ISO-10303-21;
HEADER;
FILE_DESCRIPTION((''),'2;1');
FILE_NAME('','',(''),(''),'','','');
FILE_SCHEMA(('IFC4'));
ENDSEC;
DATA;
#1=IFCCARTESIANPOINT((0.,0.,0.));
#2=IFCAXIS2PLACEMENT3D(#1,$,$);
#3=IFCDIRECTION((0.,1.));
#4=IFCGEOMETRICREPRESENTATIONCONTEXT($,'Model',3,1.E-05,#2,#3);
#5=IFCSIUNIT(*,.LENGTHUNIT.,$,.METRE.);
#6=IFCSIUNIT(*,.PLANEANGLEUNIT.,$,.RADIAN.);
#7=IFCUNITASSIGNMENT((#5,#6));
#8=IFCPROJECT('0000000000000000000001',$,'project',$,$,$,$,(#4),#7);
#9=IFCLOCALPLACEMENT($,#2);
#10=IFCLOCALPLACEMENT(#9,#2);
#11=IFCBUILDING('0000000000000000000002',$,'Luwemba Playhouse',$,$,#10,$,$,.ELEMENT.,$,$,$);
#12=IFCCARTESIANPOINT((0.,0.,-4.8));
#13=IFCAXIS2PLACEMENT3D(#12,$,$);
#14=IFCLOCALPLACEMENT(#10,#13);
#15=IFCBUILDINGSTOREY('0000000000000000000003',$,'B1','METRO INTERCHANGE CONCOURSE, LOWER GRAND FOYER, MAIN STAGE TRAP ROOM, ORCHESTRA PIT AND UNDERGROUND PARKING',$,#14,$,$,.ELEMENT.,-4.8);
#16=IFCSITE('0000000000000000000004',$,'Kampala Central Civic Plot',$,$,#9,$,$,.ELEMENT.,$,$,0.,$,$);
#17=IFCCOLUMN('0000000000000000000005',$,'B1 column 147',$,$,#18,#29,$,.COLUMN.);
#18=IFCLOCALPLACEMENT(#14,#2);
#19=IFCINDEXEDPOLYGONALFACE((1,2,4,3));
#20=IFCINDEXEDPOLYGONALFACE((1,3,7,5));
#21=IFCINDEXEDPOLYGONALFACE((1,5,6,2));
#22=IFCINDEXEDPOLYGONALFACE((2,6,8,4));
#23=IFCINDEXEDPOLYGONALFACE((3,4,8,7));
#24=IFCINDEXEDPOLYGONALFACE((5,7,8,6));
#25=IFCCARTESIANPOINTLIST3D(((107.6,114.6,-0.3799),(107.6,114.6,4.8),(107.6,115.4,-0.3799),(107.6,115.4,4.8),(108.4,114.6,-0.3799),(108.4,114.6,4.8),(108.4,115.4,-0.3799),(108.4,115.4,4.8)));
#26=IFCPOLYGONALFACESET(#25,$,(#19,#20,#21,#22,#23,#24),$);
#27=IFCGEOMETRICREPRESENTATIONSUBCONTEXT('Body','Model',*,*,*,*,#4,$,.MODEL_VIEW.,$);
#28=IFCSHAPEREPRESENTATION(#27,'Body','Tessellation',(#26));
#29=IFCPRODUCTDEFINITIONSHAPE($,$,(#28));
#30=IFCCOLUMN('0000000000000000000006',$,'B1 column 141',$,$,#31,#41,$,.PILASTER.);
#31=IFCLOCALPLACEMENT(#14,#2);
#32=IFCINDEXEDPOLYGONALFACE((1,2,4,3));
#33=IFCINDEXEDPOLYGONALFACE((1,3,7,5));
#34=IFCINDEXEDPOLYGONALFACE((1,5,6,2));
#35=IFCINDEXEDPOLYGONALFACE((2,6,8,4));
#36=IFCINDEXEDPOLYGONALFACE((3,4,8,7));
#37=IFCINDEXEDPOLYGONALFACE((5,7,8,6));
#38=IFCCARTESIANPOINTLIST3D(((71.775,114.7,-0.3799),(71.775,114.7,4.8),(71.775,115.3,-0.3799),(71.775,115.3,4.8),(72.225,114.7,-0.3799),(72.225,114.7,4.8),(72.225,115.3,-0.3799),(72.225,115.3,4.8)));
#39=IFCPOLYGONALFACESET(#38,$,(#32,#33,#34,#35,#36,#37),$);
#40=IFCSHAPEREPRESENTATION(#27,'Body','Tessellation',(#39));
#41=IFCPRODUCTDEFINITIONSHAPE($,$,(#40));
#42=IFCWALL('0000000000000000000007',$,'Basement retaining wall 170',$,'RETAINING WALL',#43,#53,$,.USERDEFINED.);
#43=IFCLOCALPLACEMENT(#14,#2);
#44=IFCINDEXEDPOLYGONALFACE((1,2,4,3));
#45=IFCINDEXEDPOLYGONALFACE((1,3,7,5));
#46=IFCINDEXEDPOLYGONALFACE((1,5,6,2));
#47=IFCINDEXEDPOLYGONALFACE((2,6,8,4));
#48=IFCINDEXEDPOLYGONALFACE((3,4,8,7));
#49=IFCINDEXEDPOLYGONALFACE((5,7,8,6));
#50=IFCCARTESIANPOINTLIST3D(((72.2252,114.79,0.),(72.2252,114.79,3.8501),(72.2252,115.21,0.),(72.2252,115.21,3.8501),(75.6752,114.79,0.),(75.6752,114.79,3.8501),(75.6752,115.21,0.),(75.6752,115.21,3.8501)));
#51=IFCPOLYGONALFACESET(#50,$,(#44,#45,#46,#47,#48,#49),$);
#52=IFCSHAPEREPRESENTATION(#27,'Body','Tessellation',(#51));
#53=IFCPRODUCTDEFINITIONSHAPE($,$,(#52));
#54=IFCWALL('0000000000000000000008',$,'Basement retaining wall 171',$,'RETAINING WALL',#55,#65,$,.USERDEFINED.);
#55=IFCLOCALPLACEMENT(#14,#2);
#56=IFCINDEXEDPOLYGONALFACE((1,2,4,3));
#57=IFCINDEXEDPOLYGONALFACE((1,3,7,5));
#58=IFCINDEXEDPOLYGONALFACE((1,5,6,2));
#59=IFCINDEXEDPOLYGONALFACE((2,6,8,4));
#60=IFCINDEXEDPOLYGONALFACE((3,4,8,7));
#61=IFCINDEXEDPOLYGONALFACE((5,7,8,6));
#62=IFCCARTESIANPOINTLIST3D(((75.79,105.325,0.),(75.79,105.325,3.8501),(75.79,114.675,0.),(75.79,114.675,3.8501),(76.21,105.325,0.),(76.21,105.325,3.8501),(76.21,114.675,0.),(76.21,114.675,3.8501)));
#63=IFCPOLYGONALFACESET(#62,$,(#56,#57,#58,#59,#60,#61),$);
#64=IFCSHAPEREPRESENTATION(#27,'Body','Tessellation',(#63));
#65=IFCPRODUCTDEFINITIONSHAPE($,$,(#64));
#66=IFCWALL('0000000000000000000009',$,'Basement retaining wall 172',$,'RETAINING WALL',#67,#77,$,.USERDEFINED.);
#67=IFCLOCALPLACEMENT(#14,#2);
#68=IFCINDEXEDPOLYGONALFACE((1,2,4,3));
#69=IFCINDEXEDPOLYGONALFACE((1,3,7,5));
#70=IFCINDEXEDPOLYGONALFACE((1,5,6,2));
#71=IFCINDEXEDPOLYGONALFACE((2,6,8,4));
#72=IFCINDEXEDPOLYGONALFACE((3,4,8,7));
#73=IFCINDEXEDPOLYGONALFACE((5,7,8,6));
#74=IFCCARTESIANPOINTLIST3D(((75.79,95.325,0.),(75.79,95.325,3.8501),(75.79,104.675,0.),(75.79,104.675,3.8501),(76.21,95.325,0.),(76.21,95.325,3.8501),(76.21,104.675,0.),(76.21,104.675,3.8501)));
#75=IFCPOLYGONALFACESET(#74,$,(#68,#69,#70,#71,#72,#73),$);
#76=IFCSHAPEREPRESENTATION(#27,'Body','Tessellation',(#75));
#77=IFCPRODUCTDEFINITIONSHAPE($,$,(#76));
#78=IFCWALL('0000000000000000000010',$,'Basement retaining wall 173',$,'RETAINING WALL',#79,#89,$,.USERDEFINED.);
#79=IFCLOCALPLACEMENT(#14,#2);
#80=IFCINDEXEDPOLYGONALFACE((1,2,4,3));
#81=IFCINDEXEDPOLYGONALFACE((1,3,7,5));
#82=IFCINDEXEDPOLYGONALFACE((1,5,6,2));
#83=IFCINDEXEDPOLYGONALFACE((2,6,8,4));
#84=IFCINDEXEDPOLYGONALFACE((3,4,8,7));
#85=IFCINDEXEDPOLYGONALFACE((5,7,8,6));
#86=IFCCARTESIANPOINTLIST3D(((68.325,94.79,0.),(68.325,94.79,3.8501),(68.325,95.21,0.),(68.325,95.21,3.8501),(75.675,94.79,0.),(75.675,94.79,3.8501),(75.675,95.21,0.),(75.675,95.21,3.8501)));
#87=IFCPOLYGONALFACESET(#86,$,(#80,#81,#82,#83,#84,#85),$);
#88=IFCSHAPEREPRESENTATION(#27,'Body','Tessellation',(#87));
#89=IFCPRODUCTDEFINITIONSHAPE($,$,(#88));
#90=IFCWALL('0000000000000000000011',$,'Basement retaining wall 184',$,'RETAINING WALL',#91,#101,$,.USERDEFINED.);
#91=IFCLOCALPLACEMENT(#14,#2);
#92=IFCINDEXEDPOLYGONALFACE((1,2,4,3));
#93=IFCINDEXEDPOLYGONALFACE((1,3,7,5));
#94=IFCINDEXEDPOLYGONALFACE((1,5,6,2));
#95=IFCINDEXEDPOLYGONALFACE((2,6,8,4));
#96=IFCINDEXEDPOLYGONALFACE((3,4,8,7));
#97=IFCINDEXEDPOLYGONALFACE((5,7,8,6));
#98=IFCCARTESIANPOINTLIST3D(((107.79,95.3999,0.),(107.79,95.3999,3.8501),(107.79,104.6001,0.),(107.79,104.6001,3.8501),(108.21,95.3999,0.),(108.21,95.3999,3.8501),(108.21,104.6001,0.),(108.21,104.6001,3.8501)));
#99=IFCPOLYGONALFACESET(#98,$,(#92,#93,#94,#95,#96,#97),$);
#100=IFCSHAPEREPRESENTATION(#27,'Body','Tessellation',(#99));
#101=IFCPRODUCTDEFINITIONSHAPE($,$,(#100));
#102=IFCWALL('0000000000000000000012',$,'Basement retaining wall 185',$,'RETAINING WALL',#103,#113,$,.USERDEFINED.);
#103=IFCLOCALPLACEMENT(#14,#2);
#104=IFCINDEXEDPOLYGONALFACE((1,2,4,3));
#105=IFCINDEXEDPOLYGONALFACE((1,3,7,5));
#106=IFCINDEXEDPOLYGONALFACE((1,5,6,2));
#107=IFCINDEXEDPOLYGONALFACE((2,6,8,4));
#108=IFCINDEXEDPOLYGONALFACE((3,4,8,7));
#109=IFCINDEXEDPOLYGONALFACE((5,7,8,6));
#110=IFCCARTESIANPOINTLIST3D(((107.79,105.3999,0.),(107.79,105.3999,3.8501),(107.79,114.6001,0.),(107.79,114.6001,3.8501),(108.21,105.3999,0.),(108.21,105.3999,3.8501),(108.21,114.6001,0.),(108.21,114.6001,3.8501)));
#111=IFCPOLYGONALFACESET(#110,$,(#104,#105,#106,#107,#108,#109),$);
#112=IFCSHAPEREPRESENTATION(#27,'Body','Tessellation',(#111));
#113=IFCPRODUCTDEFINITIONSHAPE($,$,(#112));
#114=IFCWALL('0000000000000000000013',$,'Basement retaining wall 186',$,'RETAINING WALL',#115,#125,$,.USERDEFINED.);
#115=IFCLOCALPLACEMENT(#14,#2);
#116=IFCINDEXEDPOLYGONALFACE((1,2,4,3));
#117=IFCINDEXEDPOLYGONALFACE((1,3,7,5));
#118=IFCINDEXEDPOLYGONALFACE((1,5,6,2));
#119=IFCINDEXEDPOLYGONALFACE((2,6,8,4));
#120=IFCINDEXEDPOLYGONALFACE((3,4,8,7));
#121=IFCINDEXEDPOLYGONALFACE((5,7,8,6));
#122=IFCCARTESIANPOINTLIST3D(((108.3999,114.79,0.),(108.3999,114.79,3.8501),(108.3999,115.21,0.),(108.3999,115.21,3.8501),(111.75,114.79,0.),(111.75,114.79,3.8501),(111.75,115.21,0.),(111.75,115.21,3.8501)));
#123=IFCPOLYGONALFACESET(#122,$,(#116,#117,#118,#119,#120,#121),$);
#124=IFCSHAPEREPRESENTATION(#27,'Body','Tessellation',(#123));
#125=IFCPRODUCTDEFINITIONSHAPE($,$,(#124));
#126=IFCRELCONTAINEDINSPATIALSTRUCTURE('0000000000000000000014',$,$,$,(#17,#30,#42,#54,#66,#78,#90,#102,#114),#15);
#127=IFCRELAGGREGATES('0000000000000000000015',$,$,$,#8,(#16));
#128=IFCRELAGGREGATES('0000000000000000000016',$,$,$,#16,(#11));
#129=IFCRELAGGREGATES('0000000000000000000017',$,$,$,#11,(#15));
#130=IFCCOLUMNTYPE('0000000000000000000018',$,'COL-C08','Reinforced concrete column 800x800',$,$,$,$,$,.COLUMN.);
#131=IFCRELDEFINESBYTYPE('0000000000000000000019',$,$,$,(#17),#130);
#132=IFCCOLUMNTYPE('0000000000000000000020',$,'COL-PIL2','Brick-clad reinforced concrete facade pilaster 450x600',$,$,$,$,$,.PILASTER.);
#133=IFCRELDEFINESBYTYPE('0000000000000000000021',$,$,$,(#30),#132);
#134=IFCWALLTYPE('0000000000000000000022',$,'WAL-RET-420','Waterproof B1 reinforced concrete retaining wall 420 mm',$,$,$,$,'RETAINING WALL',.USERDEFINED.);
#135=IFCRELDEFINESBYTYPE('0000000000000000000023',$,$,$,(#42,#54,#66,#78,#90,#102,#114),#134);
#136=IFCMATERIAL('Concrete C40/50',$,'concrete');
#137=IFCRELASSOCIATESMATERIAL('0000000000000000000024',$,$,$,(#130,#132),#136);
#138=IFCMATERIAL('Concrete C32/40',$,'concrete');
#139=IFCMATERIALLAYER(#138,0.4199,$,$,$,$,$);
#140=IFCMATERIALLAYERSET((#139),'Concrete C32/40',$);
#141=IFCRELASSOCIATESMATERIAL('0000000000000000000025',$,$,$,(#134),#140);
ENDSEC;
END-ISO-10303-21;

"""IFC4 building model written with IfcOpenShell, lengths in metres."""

from ifc_helpers import new_model, si_unit, direction, frame, frame_2d, origin, origin_2d, place, context, subcontext, project, spatial, rectangle, extrude, material, layer, layer_set, material_profile, profile_set, type_object, element, save


model = new_model("IFC4")

# Units and contexts
model_context = context("Model", 3, precision=1e-05, world=origin(), true_north=direction((0.0, 1.0)))
body_context = subcontext(model_context, "Body", "Model", "MODEL_VIEW")
ifc_project = project(units=[si_unit("LENGTHUNIT", "METRE"), si_unit("PLANEANGLEUNIT", "RADIAN")], contexts=[model_context])

# Site, building, storey
site_placement = place(None, origin())
site = spatial("IfcSite", under=ifc_project, at=site_placement, Name="Kampala Central Civic Plot", CompositionType="ELEMENT", RefElevation=0.0)
building_placement = place(site_placement, origin())
building = spatial("IfcBuilding", under=site, at=building_placement, Name="Luwemba Playhouse", CompositionType="ELEMENT")
storey_placement = place(building_placement, frame((0.0, 0.0, -4.8)))
storey = spatial("IfcBuildingStorey", under=building, at=storey_placement, Name="B1", Description="METRO INTERCHANGE CONCOURSE, LOWER GRAND FOYER, MAIN STAGE TRAP ROOM, ORCHESTRA PIT AND UNDERGROUND PARKING", CompositionType="ELEMENT", Elevation=-4.8)

# Shared definitions
ifc_material_1 = material(Name="Concrete C32/40", Category="concrete")

# Columns
ifc_material_2 = material(Name="Concrete C40/50", Category="concrete")
ifc_material_profile_1 = material_profile(ifc_material_2, rectangle(XDim=0.8, YDim=0.8, at=origin_2d()))
ifc_profile_set_1 = profile_set([ifc_material_profile_1], Name="Concrete C40/50")
column_type_1 = type_object("IfcColumnType", Name="COL-C08", Description="Reinforced concrete column 800x800", PredefinedType="COLUMN", material=ifc_profile_set_1)
for number, where, z_axis, x_axis, name in (
    (1, (108.0, 115.0, -0.3799), (0.0, 0.0, 1.0), (1.0, 0.0, 0.0), "B1 column 147"),
):
    element("IfcColumn", number, at=place(storey_placement, frame(where, z_axis=z_axis, x_axis=x_axis)), inside=storey, type_object=column_type_1, Name=name, PredefinedType="COLUMN", context=body_context, shape_type="SweptSolid", body=[
        extrude(rectangle(XDim=0.8, YDim=0.8, at=origin_2d()), origin(), (0.0, 0.0, 1.0), 5.1799),
    ])
ifc_material_profile_2 = material_profile(ifc_material_2, rectangle(XDim=0.45, YDim=0.6001, at=origin_2d()))
ifc_profile_set_2 = profile_set([ifc_material_profile_2], Name="Concrete C40/50")
column_type_2 = type_object("IfcColumnType", Name="COL-PIL2", Description="Brick-clad reinforced concrete facade pilaster 450x600", PredefinedType="PILASTER", material=ifc_profile_set_2)
column_placement = place(storey_placement, frame((72.0, 115.0, -0.3799), z_axis=(0.0, 0.0, 1.0), x_axis=(1.0, 0.0, 0.0)))
element("IfcColumn", 2, at=column_placement, inside=storey, type_object=column_type_2, Name="B1 column 141", PredefinedType="PILASTER", context=body_context, shape_type="SweptSolid", body=[
    extrude(rectangle(XDim=0.45, YDim=0.6001, at=origin_2d()), origin(), (0.0, 0.0, 1.0), 5.1799),
])

# Walls
ifc_layer = layer(ifc_material_1, 0.4199)
ifc_layer_set = layer_set([ifc_layer], Name="Concrete C32/40")
wall_type = type_object("IfcWallType", Name="WAL-RET-420", Description="Waterproof B1 reinforced concrete retaining wall 420 mm", ElementType="RETAINING WALL", PredefinedType="USERDEFINED", material=ifc_layer_set)
wall_1_placement = place(storey_placement, frame((72.2251, 115.0, 0.0), z_axis=(0.0, 0.0, 1.0), x_axis=(1.0, 0.0, 0.0)))
element("IfcWall", 3, at=wall_1_placement, inside=storey, type_object=wall_type, Name="Basement retaining wall 170", ObjectType="RETAINING WALL", PredefinedType="USERDEFINED", context=body_context, shape_type="SweptSolid", body=[
    extrude(rectangle(XDim=3.45, YDim=0.4199, at=frame_2d((1.7251, 0.0))), origin(), (0.0, 0.0, 1.0), 3.8501),
])
for number, where, z_axis, x_axis, name in (
    (4, (76.0, 114.675, 0.0), (0.0, 0.0, 1.0), (0.0, -1.0, 0.0), "Basement retaining wall 171"),
    (5, (76.0, 104.675, 0.0), (0.0, 0.0, 1.0), (0.0, -1.0, 0.0), "Basement retaining wall 172"),
):
    element("IfcWall", number, at=place(storey_placement, frame(where, z_axis=z_axis, x_axis=x_axis)), inside=storey, type_object=wall_type, Name=name, ObjectType="RETAINING WALL", PredefinedType="USERDEFINED", context=body_context, shape_type="SweptSolid", body=[
        extrude(rectangle(XDim=9.3501, YDim=0.4199, at=frame_2d((4.675, 0.0))), origin(), (0.0, 0.0, 1.0), 3.8501),
    ])
wall_2_placement = place(storey_placement, frame((75.675, 95.0, 0.0), z_axis=(0.0, 0.0, 1.0), x_axis=(-1.0, 0.0, 0.0)))
element("IfcWall", 6, at=wall_2_placement, inside=storey, type_object=wall_type, Name="Basement retaining wall 173", ObjectType="RETAINING WALL", PredefinedType="USERDEFINED", context=body_context, shape_type="SweptSolid", body=[
    extrude(rectangle(XDim=7.3501, YDim=0.4199, at=frame_2d((3.675, 0.0))), origin(), (0.0, 0.0, 1.0), 3.8501),
])
for number, where, z_axis, x_axis, name in (
    (7, (108.0, 95.3999, 0.0), (0.0, 0.0, 1.0), (0.0, 1.0, 0.0), "Basement retaining wall 184"),
    (8, (108.0, 105.3999, 0.0), (0.0, 0.0, 1.0), (0.0, 1.0, 0.0), "Basement retaining wall 185"),
):
    element("IfcWall", number, at=place(storey_placement, frame(where, z_axis=z_axis, x_axis=x_axis)), inside=storey, type_object=wall_type, Name=name, ObjectType="RETAINING WALL", PredefinedType="USERDEFINED", context=body_context, shape_type="SweptSolid", body=[
        extrude(rectangle(XDim=9.2002, YDim=0.4199, at=frame_2d((4.6001, 0.0))), origin(), (0.0, 0.0, 1.0), 3.8501),
    ])
wall_3_placement = place(storey_placement, frame((108.3999, 115.0, 0.0), z_axis=(0.0, 0.0, 1.0), x_axis=(1.0, 0.0, 0.0)))
element("IfcWall", 9, at=wall_3_placement, inside=storey, type_object=wall_type, Name="Basement retaining wall 186", ObjectType="RETAINING WALL", PredefinedType="USERDEFINED", context=body_context, shape_type="SweptSolid", body=[
    extrude(rectangle(XDim=3.3501, YDim=0.4199, at=frame_2d((1.675, 0.0))), origin(), (0.0, 0.0, 1.0), 3.8501),
])

save(model, "model.ifc")
